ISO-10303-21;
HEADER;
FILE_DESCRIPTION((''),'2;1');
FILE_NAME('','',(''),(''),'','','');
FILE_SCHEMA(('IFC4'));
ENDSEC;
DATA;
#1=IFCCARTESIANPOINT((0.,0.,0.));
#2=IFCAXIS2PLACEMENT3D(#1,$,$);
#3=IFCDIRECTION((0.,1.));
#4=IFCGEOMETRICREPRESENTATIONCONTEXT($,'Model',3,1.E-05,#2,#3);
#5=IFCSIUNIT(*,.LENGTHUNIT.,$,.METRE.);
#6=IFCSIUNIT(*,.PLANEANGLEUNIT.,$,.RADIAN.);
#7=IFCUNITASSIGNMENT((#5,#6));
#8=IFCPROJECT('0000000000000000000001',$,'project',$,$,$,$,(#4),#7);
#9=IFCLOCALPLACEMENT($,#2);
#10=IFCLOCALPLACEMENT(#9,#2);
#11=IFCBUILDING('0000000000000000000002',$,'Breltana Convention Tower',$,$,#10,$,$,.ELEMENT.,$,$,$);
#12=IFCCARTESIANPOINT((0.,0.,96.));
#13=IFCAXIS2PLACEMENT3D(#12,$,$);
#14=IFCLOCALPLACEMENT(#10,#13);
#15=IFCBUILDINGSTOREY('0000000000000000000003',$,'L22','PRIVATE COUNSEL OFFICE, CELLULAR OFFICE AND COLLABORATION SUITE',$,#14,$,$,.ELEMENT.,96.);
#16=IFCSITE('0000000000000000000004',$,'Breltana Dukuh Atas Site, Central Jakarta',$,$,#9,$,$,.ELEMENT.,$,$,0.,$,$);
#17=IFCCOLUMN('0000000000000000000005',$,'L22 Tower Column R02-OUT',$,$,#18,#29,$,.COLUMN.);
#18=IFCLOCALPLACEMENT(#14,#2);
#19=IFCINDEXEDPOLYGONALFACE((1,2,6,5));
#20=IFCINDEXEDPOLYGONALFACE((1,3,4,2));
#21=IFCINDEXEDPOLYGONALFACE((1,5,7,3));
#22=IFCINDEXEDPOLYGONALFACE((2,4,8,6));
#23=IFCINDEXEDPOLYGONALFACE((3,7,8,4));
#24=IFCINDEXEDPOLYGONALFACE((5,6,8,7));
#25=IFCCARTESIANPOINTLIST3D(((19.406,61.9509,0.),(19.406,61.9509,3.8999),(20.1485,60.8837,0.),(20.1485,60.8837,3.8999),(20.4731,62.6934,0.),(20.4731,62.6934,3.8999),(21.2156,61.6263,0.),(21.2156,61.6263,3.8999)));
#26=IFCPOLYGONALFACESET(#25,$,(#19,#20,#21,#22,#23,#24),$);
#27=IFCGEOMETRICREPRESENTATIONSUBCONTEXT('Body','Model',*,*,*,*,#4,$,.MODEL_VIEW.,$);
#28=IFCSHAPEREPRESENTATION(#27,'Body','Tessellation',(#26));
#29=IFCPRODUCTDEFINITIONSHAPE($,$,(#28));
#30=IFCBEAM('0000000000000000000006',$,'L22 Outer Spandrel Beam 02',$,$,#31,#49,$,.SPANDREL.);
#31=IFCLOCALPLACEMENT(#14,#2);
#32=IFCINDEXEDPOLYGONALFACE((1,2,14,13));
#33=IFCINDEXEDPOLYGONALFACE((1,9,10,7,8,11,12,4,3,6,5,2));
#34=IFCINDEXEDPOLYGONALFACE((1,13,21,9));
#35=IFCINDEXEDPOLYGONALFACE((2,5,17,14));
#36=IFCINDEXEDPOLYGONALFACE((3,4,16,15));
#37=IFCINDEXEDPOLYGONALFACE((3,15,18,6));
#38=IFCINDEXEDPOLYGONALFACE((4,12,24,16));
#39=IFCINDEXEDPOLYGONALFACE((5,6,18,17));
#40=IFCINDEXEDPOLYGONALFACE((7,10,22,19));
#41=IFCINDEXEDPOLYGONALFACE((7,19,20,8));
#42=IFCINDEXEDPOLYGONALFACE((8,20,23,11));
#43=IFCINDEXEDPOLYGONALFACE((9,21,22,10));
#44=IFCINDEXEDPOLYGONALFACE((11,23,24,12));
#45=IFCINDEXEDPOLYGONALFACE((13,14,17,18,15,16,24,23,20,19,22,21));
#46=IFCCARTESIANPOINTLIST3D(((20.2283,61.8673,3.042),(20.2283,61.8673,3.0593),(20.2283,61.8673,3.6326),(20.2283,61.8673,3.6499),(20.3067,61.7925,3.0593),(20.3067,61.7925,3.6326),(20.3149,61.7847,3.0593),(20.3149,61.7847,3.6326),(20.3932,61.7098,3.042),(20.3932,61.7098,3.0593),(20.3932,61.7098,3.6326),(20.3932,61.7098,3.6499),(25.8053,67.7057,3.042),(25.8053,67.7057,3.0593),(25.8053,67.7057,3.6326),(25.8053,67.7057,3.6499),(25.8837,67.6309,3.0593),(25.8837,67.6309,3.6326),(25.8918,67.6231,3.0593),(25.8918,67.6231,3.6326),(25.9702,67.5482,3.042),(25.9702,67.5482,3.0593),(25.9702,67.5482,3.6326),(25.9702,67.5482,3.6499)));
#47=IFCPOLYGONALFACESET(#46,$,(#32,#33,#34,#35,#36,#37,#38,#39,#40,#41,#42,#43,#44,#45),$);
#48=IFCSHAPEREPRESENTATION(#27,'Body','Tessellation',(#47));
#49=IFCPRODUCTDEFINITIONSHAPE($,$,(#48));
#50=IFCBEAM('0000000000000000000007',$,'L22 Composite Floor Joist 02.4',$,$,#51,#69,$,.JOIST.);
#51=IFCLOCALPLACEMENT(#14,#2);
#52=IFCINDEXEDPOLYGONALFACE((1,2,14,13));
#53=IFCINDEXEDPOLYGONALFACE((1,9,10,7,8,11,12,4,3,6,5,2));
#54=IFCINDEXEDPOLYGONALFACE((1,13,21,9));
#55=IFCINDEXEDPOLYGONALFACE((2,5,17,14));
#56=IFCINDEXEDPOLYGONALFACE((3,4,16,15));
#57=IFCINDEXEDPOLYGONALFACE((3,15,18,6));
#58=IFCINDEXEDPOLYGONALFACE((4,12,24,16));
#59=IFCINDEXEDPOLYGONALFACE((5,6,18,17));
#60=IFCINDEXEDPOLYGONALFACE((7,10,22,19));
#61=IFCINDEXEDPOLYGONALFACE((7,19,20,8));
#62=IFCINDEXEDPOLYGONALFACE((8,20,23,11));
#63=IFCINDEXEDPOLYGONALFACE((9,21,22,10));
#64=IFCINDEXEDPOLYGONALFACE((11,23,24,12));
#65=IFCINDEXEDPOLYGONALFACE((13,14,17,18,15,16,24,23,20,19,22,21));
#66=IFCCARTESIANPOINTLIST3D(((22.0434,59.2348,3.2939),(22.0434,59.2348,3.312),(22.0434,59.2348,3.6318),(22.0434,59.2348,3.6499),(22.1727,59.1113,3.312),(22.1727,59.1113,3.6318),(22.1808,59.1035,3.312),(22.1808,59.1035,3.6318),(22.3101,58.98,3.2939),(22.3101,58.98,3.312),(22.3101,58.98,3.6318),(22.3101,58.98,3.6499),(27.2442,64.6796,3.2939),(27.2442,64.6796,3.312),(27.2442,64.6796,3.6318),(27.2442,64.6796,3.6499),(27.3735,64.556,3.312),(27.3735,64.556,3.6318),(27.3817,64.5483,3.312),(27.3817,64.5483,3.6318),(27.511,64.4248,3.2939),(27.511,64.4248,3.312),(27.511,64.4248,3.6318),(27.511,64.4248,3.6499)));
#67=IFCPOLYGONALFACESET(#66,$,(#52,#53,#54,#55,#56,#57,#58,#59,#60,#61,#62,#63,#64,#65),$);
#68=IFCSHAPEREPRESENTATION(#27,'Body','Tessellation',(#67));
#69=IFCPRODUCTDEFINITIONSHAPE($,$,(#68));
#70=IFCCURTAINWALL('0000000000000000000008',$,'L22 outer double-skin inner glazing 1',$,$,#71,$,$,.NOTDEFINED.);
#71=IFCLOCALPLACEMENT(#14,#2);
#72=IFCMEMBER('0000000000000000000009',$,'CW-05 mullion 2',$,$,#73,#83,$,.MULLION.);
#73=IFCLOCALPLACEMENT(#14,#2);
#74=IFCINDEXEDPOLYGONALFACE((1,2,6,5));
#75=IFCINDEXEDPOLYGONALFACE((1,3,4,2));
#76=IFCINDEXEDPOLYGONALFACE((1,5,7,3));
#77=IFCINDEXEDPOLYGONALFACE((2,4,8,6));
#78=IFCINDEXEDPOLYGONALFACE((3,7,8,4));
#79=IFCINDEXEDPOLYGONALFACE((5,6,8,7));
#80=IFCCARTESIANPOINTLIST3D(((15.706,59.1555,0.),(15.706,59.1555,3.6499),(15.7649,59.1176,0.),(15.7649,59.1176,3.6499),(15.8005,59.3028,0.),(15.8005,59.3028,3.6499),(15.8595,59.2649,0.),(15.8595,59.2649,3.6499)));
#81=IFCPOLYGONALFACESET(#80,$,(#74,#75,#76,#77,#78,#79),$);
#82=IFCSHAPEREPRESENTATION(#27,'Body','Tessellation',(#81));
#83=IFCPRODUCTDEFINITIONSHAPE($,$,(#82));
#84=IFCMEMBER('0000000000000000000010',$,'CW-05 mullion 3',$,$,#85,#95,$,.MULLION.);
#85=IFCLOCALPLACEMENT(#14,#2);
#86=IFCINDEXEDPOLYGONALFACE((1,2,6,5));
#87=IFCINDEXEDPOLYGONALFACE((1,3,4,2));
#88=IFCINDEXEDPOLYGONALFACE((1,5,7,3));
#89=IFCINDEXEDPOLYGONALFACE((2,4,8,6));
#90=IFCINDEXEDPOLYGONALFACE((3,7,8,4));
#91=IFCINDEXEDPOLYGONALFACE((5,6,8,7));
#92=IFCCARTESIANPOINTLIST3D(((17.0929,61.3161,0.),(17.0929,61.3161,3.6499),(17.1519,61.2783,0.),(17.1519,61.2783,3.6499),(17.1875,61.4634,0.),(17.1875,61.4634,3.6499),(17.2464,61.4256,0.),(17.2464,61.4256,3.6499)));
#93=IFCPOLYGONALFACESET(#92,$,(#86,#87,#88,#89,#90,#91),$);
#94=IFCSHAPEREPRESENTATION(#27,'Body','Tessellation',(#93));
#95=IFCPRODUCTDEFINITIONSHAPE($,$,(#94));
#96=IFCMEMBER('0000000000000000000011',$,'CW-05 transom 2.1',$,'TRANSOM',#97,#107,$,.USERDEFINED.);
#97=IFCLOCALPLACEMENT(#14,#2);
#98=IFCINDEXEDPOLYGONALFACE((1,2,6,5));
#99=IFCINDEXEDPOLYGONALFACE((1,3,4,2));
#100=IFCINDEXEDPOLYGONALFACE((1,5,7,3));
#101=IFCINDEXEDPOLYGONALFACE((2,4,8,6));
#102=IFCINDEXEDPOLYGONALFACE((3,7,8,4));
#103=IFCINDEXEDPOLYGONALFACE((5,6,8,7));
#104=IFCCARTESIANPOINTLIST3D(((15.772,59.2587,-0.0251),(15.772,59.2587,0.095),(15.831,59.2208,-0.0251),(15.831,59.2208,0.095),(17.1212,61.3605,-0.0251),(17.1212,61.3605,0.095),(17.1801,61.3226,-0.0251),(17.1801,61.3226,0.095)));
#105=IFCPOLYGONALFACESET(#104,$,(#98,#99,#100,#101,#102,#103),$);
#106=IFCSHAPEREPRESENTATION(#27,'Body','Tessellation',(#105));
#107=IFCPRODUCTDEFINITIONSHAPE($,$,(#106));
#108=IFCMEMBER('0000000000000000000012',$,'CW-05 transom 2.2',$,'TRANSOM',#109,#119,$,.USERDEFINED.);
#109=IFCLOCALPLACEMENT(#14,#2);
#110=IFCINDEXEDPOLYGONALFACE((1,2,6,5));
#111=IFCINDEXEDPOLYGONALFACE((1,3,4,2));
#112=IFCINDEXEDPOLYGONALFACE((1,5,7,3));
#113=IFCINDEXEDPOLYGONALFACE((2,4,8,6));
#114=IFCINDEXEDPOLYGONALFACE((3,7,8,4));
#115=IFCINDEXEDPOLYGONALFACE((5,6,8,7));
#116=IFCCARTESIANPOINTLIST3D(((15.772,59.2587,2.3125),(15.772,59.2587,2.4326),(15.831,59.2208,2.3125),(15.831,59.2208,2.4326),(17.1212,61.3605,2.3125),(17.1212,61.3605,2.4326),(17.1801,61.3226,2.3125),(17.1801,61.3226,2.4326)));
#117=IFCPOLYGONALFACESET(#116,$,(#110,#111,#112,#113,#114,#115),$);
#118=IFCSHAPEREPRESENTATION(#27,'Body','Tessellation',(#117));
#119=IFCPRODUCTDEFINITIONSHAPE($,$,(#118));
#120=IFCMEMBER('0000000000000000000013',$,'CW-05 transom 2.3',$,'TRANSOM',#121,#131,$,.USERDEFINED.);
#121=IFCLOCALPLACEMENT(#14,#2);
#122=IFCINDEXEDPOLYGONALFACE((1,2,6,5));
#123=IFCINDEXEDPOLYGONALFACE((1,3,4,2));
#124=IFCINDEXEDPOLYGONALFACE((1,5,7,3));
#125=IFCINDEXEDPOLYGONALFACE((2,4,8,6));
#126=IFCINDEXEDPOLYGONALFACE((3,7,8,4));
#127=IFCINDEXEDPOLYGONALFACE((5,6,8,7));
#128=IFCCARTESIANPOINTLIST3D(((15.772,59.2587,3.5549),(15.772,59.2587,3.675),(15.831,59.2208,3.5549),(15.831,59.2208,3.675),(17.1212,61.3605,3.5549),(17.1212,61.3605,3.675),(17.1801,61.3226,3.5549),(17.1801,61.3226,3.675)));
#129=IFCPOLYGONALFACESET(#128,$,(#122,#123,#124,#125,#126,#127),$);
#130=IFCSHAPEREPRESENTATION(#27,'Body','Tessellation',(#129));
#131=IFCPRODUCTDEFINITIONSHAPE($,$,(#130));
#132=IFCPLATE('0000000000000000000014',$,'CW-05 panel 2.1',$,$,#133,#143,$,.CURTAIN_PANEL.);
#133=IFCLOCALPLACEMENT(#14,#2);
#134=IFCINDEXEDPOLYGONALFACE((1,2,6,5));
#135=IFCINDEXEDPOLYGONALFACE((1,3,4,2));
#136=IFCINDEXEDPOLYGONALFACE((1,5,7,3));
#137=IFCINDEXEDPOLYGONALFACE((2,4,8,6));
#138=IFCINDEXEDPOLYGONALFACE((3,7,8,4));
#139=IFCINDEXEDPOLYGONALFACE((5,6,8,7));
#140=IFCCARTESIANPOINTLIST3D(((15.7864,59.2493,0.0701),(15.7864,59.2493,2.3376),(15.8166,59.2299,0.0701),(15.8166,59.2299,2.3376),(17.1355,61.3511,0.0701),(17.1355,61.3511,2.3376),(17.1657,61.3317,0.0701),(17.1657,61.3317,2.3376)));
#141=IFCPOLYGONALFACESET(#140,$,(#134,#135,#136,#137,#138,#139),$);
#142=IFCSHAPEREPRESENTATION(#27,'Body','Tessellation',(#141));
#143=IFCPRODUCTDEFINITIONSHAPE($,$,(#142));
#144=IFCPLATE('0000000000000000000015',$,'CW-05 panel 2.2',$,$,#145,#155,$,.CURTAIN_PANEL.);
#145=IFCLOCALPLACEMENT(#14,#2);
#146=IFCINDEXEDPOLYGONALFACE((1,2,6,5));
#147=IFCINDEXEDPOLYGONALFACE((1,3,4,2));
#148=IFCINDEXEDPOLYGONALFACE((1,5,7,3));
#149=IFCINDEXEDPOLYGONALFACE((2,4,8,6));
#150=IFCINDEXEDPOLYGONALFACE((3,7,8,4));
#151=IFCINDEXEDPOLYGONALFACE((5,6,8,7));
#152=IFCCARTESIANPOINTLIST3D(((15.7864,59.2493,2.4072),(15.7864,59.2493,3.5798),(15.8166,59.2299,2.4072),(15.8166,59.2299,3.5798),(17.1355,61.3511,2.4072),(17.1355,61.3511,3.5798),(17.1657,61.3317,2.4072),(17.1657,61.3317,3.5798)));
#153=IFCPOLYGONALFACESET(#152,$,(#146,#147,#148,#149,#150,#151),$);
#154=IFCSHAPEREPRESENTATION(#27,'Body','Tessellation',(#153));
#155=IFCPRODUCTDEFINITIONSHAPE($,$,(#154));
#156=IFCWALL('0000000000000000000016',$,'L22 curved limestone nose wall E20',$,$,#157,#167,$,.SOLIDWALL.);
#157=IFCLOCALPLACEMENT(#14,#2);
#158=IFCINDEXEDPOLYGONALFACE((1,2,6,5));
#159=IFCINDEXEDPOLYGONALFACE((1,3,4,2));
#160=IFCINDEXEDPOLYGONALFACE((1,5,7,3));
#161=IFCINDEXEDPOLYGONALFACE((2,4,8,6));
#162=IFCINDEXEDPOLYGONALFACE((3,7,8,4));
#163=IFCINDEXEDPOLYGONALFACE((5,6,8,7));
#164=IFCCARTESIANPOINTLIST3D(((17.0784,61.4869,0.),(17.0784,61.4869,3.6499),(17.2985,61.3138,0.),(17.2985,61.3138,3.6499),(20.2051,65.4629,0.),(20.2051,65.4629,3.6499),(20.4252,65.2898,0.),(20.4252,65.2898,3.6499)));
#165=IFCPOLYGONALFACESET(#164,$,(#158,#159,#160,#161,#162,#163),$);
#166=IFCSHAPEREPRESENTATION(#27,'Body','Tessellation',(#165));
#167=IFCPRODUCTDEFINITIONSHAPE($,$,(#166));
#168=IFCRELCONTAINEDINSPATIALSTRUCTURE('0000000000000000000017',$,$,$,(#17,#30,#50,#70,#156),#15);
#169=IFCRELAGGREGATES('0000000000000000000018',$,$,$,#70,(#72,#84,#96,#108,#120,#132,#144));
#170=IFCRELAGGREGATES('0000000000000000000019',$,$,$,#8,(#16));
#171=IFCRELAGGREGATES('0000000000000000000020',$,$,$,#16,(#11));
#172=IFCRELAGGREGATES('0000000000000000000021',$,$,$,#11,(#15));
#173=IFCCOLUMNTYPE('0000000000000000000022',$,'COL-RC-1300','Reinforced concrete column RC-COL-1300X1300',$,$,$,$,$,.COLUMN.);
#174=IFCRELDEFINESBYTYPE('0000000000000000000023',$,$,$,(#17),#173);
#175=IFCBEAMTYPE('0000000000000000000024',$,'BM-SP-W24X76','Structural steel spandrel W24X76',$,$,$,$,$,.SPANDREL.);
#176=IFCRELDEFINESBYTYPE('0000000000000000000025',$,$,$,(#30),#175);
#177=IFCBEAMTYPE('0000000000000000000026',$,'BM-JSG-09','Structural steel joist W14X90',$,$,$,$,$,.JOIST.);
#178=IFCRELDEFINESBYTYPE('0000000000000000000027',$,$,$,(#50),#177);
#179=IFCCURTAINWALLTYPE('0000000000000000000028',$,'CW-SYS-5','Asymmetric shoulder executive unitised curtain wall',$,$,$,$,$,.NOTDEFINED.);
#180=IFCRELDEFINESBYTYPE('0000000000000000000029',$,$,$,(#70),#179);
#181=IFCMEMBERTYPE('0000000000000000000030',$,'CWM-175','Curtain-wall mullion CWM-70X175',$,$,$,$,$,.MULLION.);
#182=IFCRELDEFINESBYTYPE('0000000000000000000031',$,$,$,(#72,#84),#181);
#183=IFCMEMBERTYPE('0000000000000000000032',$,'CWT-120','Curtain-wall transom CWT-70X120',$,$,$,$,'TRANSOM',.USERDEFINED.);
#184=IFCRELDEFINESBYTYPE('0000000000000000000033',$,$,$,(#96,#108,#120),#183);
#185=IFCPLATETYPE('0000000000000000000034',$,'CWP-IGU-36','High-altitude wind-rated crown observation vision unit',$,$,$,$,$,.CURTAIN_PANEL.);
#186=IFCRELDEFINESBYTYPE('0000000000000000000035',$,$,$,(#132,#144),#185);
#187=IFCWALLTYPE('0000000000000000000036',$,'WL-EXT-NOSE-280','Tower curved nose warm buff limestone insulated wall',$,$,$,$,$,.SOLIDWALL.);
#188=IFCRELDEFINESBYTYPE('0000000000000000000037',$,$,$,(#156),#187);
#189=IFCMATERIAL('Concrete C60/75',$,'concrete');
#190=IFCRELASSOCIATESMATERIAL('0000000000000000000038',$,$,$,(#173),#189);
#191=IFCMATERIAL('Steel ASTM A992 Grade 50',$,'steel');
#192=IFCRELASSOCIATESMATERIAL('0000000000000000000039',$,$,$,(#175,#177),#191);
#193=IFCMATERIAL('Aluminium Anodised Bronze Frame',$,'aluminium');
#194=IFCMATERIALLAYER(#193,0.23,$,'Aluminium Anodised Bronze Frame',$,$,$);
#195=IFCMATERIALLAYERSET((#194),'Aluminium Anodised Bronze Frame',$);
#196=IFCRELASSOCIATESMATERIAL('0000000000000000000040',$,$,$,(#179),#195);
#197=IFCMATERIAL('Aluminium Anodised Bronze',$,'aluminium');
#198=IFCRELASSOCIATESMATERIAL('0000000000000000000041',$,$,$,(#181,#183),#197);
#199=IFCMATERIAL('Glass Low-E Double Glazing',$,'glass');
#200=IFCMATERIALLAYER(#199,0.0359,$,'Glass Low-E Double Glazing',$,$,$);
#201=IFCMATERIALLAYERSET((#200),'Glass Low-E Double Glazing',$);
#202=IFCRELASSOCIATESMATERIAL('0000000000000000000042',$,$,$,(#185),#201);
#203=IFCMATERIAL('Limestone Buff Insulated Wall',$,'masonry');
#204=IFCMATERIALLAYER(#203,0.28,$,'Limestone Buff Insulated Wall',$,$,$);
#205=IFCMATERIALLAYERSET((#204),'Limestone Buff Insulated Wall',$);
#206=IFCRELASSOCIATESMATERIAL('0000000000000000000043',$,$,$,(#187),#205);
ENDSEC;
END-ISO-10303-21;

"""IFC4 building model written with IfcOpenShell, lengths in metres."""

from ifc_helpers import new_model, si_unit, direction, frame, frame_2d, origin, origin_2d, place, context, subcontext, project, spatial, rectangle, i_section, extrude, source, transform, mapped, material, layer, layer_set, material_profile, profile_set, type_object, element, aggregate, save


model = new_model("IFC4")

# Units and contexts
model_context = context("Model", 3, precision=1e-05, world=origin(), true_north=direction((0.0, 1.0)))
body_context = subcontext(model_context, "Body", "Model", "MODEL_VIEW")
ifc_project = project(units=[si_unit("LENGTHUNIT", "METRE"), si_unit("PLANEANGLEUNIT", "RADIAN")], contexts=[model_context])

# Site, building, storey
site_placement = place(None, origin())
site = spatial("IfcSite", under=ifc_project, at=site_placement, Name="Breltana Dukuh Atas Site, Central Jakarta", CompositionType="ELEMENT", RefElevation=0.0)
building_placement = place(site_placement, origin())
building = spatial("IfcBuilding", under=site, at=building_placement, Name="Breltana Convention Tower", CompositionType="ELEMENT")
storey_placement = place(building_placement, frame((0.0, 0.0, 96.0)))
storey = spatial("IfcBuildingStorey", under=building, at=storey_placement, Name="L22", Description="PRIVATE COUNSEL OFFICE, CELLULAR OFFICE AND COLLABORATION SUITE", CompositionType="ELEMENT", Elevation=96.0)

# Column
ifc_material_1 = material(Name="Concrete C60/75", Category="concrete")
ifc_material_profile_1 = material_profile(ifc_material_1, rectangle(XDim=1.3, YDim=1.3, at=origin_2d()), Name="RC-COL-1300X1300")
ifc_profile_set_1 = profile_set([ifc_material_profile_1], Name="Concrete C60/75")
column_type = type_object("IfcColumnType", Name="COL-RC-1300", Description="Reinforced concrete column RC-COL-1300X1300", PredefinedType="COLUMN", material=ifc_profile_set_1)
shared_shape_1 = source(origin(), body_context, "Body", "SweptSolid", [
    extrude(rectangle(XDim=1.3, YDim=1.3, at=origin_2d()), origin(), (0.0, 0.0, 1.0), 3.8999),
])
column_placement = place(storey_placement, frame((20.3108, 61.7886, 0.0), z_axis=(0.0, 0.0, 1.0), x_axis=(-0.571143, 0.82085, 0.0)))
element("IfcColumn", 1, at=column_placement, inside=storey, type_object=column_type, Name="L22 Tower Column R02-OUT", PredefinedType="COLUMN", context=body_context, shape_type="MappedRepresentation", body=[
    mapped(shared_shape_1, transform((0.0, 0.0, 0.0), scale=1.0)),
])

# Beams
ifc_material_2 = material(Name="Steel ASTM A992 Grade 50", Category="steel")
ifc_material_profile_2 = material_profile(ifc_material_2, i_section(OverallWidth=0.228, OverallDepth=0.6079, WebThickness=0.0112, FlangeThickness=0.0173, at=origin_2d()), Name="W24X76")
ifc_profile_set_2 = profile_set([ifc_material_profile_2], Name="Steel ASTM A992 Grade 50")
beam_type_1 = type_object("IfcBeamType", Name="BM-SP-W24X76", Description="Structural steel spandrel W24X76", PredefinedType="SPANDREL", material=ifc_profile_set_2)
shared_shape_2 = source(origin(), body_context, "Body", "SweptSolid", [
    extrude(i_section(OverallWidth=0.228, OverallDepth=0.6079, WebThickness=0.0112, FlangeThickness=0.0173, at=origin_2d()), origin(), (0.0, 0.0, 1.0), 8.074),
])
beam_1_placement = place(storey_placement, frame((20.3108, 61.7886, 3.3459), z_axis=(0.690729, 0.723114, 0.0), x_axis=(-0.723114, 0.690729, 0.0)))
element("IfcBeam", 2, at=beam_1_placement, inside=storey, type_object=beam_type_1, Name="L22 Outer Spandrel Beam 02", PredefinedType="SPANDREL", context=body_context, shape_type="MappedRepresentation", body=[
    mapped(shared_shape_2, transform((0.0, 0.0, 0.0), scale=1.0)),
])
ifc_material_profile_3 = material_profile(ifc_material_2, i_section(OverallWidth=0.3689, OverallDepth=0.356, WebThickness=0.0112, FlangeThickness=0.0181, at=origin_2d()), Name="W14X90")
ifc_profile_set_3 = profile_set([ifc_material_profile_3], Name="Steel ASTM A992 Grade 50")
beam_type_2 = type_object("IfcBeamType", Name="BM-JSG-09", Description="Structural steel joist W14X90", PredefinedType="JOIST", material=ifc_profile_set_3)
shared_shape_3 = source(origin(), body_context, "Body", "SweptSolid", [
    extrude(i_section(OverallWidth=0.3689, OverallDepth=0.356, WebThickness=0.0112, FlangeThickness=0.0181, at=origin_2d()), origin(), (0.0, 0.0, 1.0), 7.5295),
])
beam_2_placement = place(storey_placement, frame((22.1768, 59.1074, 3.4719), z_axis=(0.690726, 0.723117, 0.0), x_axis=(-0.723117, 0.690726, 0.0)))
element("IfcBeam", 3, at=beam_2_placement, inside=storey, type_object=beam_type_2, Name="L22 Composite Floor Joist 02.4", PredefinedType="JOIST", context=body_context, shape_type="MappedRepresentation", body=[
    mapped(shared_shape_3, transform((0.0, 0.0, 0.0), scale=1.0)),
])

# Curtain wall, members, plates
ifc_material_3 = material(Name="Aluminium Anodised Bronze Frame", Category="aluminium")
ifc_layer_1 = layer(ifc_material_3, 0.23, Name="Aluminium Anodised Bronze Frame")
ifc_layer_set_1 = layer_set([ifc_layer_1], Name="Aluminium Anodised Bronze Frame")
curtain_wall_type = type_object("IfcCurtainWallType", Name="CW-SYS-5", Description="Asymmetric shoulder executive unitised curtain wall", PredefinedType="NOTDEFINED", material=ifc_layer_set_1)
curtain_wall_placement = place(storey_placement, origin())
curtain_wall = element("IfcCurtainWall", 4, at=curtain_wall_placement, inside=storey, type_object=curtain_wall_type, Name="L22 outer double-skin inner glazing 1", PredefinedType="NOTDEFINED")
ifc_material_4 = material(Name="Aluminium Anodised Bronze", Category="aluminium")
ifc_material_profile_4 = material_profile(ifc_material_4, rectangle(XDim=0.0701, YDim=0.175, at=origin_2d()), Name="CWM-70X175")
ifc_profile_set_4 = profile_set([ifc_material_profile_4], Name="Aluminium Anodised Bronze")
member_type_1 = type_object("IfcMemberType", Name="CWM-175", Description="Curtain-wall mullion CWM-70X175", PredefinedType="MULLION", material=ifc_profile_set_4)
shared_shape_4 = source(origin(), body_context, "Body", "SweptSolid", [
    extrude(rectangle(XDim=0.0701, YDim=0.175, at=origin_2d()), origin(), (0.0, 0.0, 1.0), 3.6499),
])
member_1_placement = place(storey_placement, frame((15.7827, 59.2102, 0.0), z_axis=(0.0, 0.0, 1.0), x_axis=(-0.841552, 0.540177, 0.0)))
member_1 = element("IfcMember", 5, at=member_1_placement, type_object=member_type_1, Name="CW-05 mullion 2", PredefinedType="MULLION", context=body_context, shape_type="MappedRepresentation", body=[
    mapped(shared_shape_4, transform((0.0, 0.0, 0.0), scale=1.0)),
])
member_2_placement = place(storey_placement, frame((17.1697, 61.3708, 0.0), z_axis=(0.0, 0.0, 1.0), x_axis=(-0.841552, 0.540177, 0.0)))
member_2 = element("IfcMember", 6, at=member_2_placement, type_object=member_type_1, Name="CW-05 mullion 3", PredefinedType="MULLION", context=body_context, shape_type="MappedRepresentation", body=[
    mapped(shared_shape_4, transform((0.0, 0.0, 0.0), scale=1.0)),
])
ifc_material_profile_5 = material_profile(ifc_material_4, rectangle(XDim=0.0701, YDim=0.1201, at=origin_2d()), Name="CWT-70X120")
ifc_profile_set_5 = profile_set([ifc_material_profile_5], Name="Aluminium Anodised Bronze")
member_type_2 = type_object("IfcMemberType", Name="CWT-120", Description="Curtain-wall transom CWT-70X120", ElementType="TRANSOM", PredefinedType="USERDEFINED", material=ifc_profile_set_5)
shared_shape_5 = source(origin(), body_context, "Body", "SweptSolid", [
    extrude(rectangle(XDim=0.0701, YDim=0.1201, at=origin_2d()), origin(), (0.0, 0.0, 1.0), 2.4976),
])
member_3_placement = place(storey_placement, frame((15.8015, 59.2397, 0.0349), z_axis=(0.540179, 0.84155, 0.0), x_axis=(-0.84155, 0.540179, 0.0)))
member_3 = element("IfcMember", 7, at=member_3_placement, type_object=member_type_2, Name="CW-05 transom 2.1", ObjectType="TRANSOM", PredefinedType="USERDEFINED", context=body_context, shape_type="MappedRepresentation", body=[
    mapped(shared_shape_5, transform((0.0, 0.0, 0.0), scale=1.0)),
])
member_4_placement = place(storey_placement, frame((15.8015, 59.2397, 2.3726), z_axis=(0.540179, 0.84155, 0.0), x_axis=(-0.84155, 0.540179, 0.0)))
member_4 = element("IfcMember", 8, at=member_4_placement, type_object=member_type_2, Name="CW-05 transom 2.2", ObjectType="TRANSOM", PredefinedType="USERDEFINED", context=body_context, shape_type="MappedRepresentation", body=[
    mapped(shared_shape_5, transform((0.0, 0.0, 0.0), scale=1.0)),
])
member_5_placement = place(storey_placement, frame((15.8015, 59.2397, 3.615), z_axis=(0.540179, 0.84155, 0.0), x_axis=(-0.84155, 0.540179, 0.0)))
member_5 = element("IfcMember", 9, at=member_5_placement, type_object=member_type_2, Name="CW-05 transom 2.3", ObjectType="TRANSOM", PredefinedType="USERDEFINED", context=body_context, shape_type="MappedRepresentation", body=[
    mapped(shared_shape_5, transform((0.0, 0.0, 0.0), scale=1.0)),
])
ifc_material_5 = material(Name="Glass Low-E Double Glazing", Category="glass")
ifc_layer_2 = layer(ifc_material_5, 0.0359, Name="Glass Low-E Double Glazing")
ifc_layer_set_2 = layer_set([ifc_layer_2], Name="Glass Low-E Double Glazing")
plate_type = type_object("IfcPlateType", Name="CWP-IGU-36", Description="High-altitude wind-rated crown observation vision unit", PredefinedType="CURTAIN_PANEL", material=ifc_layer_set_2)
shared_shape_6 = source(origin(), body_context, "Body", "SweptSolid", [
    extrude(rectangle(XDim=2.4976, YDim=0.0359, at=origin_2d()), origin(), (0.0, 0.0, 1.0), 2.2676),
])
plate_1_placement = place(storey_placement, frame((16.4761, 60.2905, 0.0701), z_axis=(0.0, 0.0, 1.0), x_axis=(0.540177, 0.841552, 0.0)))
plate_1 = element("IfcPlate", 10, at=plate_1_placement, type_object=plate_type, Name="CW-05 panel 2.1", PredefinedType="CURTAIN_PANEL", context=body_context, shape_type="MappedRepresentation", body=[
    mapped(shared_shape_6, transform((0.0, 0.0, 0.0), scale=1.0)),
])
shared_shape_7 = source(origin(), body_context, "Body", "SweptSolid", [
    extrude(rectangle(XDim=2.4976, YDim=0.0359, at=origin_2d()), origin(), (0.0, 0.0, 1.0), 1.1726),
])
plate_2_placement = place(storey_placement, frame((16.4761, 60.2905, 2.4072), z_axis=(0.0, 0.0, 1.0), x_axis=(0.540177, 0.841552, 0.0)))
plate_2 = element("IfcPlate", 11, at=plate_2_placement, type_object=plate_type, Name="CW-05 panel 2.2", PredefinedType="CURTAIN_PANEL", context=body_context, shape_type="MappedRepresentation", body=[
    mapped(shared_shape_7, transform((0.0, 0.0, 0.0), scale=1.0)),
])
aggregate(curtain_wall, [member_1, member_2, member_3, member_4, member_5, plate_1, plate_2])

# Wall
ifc_material_6 = material(Name="Limestone Buff Insulated Wall", Category="masonry")
ifc_layer_3 = layer(ifc_material_6, 0.28, Name="Limestone Buff Insulated Wall")
ifc_layer_set_3 = layer_set([ifc_layer_3], Name="Limestone Buff Insulated Wall")
wall_type_1 = type_object("IfcWallType", Name="WL-EXT-NOSE-280", Description="Tower curved nose warm buff limestone insulated wall", PredefinedType="SOLIDWALL", material=ifc_layer_set_3)
shared_shape_8 = source(origin(), body_context, "Body", "SweptSolid", [
    extrude(rectangle(XDim=5.0581, YDim=0.28, at=frame_2d((2.5291, 0.0))), origin(), (0.0, 0.0, 1.0), 3.6499),
])
wall_1_placement = place(storey_placement, frame((17.1885, 61.4004, 0.0), z_axis=(0.0, 0.0, 1.0), x_axis=(0.618146, 0.786064, 0.0)))
element("IfcWall", 12, at=wall_1_placement, inside=storey, type_object=wall_type_1, Name="L22 curved limestone nose wall E20", PredefinedType="SOLIDWALL", context=body_context, shape_type="MappedRepresentation", body=[
    mapped(shared_shape_8, transform((0.0, 0.0, 0.0), scale=1.0)),
])

save(model, "model.ifc")
